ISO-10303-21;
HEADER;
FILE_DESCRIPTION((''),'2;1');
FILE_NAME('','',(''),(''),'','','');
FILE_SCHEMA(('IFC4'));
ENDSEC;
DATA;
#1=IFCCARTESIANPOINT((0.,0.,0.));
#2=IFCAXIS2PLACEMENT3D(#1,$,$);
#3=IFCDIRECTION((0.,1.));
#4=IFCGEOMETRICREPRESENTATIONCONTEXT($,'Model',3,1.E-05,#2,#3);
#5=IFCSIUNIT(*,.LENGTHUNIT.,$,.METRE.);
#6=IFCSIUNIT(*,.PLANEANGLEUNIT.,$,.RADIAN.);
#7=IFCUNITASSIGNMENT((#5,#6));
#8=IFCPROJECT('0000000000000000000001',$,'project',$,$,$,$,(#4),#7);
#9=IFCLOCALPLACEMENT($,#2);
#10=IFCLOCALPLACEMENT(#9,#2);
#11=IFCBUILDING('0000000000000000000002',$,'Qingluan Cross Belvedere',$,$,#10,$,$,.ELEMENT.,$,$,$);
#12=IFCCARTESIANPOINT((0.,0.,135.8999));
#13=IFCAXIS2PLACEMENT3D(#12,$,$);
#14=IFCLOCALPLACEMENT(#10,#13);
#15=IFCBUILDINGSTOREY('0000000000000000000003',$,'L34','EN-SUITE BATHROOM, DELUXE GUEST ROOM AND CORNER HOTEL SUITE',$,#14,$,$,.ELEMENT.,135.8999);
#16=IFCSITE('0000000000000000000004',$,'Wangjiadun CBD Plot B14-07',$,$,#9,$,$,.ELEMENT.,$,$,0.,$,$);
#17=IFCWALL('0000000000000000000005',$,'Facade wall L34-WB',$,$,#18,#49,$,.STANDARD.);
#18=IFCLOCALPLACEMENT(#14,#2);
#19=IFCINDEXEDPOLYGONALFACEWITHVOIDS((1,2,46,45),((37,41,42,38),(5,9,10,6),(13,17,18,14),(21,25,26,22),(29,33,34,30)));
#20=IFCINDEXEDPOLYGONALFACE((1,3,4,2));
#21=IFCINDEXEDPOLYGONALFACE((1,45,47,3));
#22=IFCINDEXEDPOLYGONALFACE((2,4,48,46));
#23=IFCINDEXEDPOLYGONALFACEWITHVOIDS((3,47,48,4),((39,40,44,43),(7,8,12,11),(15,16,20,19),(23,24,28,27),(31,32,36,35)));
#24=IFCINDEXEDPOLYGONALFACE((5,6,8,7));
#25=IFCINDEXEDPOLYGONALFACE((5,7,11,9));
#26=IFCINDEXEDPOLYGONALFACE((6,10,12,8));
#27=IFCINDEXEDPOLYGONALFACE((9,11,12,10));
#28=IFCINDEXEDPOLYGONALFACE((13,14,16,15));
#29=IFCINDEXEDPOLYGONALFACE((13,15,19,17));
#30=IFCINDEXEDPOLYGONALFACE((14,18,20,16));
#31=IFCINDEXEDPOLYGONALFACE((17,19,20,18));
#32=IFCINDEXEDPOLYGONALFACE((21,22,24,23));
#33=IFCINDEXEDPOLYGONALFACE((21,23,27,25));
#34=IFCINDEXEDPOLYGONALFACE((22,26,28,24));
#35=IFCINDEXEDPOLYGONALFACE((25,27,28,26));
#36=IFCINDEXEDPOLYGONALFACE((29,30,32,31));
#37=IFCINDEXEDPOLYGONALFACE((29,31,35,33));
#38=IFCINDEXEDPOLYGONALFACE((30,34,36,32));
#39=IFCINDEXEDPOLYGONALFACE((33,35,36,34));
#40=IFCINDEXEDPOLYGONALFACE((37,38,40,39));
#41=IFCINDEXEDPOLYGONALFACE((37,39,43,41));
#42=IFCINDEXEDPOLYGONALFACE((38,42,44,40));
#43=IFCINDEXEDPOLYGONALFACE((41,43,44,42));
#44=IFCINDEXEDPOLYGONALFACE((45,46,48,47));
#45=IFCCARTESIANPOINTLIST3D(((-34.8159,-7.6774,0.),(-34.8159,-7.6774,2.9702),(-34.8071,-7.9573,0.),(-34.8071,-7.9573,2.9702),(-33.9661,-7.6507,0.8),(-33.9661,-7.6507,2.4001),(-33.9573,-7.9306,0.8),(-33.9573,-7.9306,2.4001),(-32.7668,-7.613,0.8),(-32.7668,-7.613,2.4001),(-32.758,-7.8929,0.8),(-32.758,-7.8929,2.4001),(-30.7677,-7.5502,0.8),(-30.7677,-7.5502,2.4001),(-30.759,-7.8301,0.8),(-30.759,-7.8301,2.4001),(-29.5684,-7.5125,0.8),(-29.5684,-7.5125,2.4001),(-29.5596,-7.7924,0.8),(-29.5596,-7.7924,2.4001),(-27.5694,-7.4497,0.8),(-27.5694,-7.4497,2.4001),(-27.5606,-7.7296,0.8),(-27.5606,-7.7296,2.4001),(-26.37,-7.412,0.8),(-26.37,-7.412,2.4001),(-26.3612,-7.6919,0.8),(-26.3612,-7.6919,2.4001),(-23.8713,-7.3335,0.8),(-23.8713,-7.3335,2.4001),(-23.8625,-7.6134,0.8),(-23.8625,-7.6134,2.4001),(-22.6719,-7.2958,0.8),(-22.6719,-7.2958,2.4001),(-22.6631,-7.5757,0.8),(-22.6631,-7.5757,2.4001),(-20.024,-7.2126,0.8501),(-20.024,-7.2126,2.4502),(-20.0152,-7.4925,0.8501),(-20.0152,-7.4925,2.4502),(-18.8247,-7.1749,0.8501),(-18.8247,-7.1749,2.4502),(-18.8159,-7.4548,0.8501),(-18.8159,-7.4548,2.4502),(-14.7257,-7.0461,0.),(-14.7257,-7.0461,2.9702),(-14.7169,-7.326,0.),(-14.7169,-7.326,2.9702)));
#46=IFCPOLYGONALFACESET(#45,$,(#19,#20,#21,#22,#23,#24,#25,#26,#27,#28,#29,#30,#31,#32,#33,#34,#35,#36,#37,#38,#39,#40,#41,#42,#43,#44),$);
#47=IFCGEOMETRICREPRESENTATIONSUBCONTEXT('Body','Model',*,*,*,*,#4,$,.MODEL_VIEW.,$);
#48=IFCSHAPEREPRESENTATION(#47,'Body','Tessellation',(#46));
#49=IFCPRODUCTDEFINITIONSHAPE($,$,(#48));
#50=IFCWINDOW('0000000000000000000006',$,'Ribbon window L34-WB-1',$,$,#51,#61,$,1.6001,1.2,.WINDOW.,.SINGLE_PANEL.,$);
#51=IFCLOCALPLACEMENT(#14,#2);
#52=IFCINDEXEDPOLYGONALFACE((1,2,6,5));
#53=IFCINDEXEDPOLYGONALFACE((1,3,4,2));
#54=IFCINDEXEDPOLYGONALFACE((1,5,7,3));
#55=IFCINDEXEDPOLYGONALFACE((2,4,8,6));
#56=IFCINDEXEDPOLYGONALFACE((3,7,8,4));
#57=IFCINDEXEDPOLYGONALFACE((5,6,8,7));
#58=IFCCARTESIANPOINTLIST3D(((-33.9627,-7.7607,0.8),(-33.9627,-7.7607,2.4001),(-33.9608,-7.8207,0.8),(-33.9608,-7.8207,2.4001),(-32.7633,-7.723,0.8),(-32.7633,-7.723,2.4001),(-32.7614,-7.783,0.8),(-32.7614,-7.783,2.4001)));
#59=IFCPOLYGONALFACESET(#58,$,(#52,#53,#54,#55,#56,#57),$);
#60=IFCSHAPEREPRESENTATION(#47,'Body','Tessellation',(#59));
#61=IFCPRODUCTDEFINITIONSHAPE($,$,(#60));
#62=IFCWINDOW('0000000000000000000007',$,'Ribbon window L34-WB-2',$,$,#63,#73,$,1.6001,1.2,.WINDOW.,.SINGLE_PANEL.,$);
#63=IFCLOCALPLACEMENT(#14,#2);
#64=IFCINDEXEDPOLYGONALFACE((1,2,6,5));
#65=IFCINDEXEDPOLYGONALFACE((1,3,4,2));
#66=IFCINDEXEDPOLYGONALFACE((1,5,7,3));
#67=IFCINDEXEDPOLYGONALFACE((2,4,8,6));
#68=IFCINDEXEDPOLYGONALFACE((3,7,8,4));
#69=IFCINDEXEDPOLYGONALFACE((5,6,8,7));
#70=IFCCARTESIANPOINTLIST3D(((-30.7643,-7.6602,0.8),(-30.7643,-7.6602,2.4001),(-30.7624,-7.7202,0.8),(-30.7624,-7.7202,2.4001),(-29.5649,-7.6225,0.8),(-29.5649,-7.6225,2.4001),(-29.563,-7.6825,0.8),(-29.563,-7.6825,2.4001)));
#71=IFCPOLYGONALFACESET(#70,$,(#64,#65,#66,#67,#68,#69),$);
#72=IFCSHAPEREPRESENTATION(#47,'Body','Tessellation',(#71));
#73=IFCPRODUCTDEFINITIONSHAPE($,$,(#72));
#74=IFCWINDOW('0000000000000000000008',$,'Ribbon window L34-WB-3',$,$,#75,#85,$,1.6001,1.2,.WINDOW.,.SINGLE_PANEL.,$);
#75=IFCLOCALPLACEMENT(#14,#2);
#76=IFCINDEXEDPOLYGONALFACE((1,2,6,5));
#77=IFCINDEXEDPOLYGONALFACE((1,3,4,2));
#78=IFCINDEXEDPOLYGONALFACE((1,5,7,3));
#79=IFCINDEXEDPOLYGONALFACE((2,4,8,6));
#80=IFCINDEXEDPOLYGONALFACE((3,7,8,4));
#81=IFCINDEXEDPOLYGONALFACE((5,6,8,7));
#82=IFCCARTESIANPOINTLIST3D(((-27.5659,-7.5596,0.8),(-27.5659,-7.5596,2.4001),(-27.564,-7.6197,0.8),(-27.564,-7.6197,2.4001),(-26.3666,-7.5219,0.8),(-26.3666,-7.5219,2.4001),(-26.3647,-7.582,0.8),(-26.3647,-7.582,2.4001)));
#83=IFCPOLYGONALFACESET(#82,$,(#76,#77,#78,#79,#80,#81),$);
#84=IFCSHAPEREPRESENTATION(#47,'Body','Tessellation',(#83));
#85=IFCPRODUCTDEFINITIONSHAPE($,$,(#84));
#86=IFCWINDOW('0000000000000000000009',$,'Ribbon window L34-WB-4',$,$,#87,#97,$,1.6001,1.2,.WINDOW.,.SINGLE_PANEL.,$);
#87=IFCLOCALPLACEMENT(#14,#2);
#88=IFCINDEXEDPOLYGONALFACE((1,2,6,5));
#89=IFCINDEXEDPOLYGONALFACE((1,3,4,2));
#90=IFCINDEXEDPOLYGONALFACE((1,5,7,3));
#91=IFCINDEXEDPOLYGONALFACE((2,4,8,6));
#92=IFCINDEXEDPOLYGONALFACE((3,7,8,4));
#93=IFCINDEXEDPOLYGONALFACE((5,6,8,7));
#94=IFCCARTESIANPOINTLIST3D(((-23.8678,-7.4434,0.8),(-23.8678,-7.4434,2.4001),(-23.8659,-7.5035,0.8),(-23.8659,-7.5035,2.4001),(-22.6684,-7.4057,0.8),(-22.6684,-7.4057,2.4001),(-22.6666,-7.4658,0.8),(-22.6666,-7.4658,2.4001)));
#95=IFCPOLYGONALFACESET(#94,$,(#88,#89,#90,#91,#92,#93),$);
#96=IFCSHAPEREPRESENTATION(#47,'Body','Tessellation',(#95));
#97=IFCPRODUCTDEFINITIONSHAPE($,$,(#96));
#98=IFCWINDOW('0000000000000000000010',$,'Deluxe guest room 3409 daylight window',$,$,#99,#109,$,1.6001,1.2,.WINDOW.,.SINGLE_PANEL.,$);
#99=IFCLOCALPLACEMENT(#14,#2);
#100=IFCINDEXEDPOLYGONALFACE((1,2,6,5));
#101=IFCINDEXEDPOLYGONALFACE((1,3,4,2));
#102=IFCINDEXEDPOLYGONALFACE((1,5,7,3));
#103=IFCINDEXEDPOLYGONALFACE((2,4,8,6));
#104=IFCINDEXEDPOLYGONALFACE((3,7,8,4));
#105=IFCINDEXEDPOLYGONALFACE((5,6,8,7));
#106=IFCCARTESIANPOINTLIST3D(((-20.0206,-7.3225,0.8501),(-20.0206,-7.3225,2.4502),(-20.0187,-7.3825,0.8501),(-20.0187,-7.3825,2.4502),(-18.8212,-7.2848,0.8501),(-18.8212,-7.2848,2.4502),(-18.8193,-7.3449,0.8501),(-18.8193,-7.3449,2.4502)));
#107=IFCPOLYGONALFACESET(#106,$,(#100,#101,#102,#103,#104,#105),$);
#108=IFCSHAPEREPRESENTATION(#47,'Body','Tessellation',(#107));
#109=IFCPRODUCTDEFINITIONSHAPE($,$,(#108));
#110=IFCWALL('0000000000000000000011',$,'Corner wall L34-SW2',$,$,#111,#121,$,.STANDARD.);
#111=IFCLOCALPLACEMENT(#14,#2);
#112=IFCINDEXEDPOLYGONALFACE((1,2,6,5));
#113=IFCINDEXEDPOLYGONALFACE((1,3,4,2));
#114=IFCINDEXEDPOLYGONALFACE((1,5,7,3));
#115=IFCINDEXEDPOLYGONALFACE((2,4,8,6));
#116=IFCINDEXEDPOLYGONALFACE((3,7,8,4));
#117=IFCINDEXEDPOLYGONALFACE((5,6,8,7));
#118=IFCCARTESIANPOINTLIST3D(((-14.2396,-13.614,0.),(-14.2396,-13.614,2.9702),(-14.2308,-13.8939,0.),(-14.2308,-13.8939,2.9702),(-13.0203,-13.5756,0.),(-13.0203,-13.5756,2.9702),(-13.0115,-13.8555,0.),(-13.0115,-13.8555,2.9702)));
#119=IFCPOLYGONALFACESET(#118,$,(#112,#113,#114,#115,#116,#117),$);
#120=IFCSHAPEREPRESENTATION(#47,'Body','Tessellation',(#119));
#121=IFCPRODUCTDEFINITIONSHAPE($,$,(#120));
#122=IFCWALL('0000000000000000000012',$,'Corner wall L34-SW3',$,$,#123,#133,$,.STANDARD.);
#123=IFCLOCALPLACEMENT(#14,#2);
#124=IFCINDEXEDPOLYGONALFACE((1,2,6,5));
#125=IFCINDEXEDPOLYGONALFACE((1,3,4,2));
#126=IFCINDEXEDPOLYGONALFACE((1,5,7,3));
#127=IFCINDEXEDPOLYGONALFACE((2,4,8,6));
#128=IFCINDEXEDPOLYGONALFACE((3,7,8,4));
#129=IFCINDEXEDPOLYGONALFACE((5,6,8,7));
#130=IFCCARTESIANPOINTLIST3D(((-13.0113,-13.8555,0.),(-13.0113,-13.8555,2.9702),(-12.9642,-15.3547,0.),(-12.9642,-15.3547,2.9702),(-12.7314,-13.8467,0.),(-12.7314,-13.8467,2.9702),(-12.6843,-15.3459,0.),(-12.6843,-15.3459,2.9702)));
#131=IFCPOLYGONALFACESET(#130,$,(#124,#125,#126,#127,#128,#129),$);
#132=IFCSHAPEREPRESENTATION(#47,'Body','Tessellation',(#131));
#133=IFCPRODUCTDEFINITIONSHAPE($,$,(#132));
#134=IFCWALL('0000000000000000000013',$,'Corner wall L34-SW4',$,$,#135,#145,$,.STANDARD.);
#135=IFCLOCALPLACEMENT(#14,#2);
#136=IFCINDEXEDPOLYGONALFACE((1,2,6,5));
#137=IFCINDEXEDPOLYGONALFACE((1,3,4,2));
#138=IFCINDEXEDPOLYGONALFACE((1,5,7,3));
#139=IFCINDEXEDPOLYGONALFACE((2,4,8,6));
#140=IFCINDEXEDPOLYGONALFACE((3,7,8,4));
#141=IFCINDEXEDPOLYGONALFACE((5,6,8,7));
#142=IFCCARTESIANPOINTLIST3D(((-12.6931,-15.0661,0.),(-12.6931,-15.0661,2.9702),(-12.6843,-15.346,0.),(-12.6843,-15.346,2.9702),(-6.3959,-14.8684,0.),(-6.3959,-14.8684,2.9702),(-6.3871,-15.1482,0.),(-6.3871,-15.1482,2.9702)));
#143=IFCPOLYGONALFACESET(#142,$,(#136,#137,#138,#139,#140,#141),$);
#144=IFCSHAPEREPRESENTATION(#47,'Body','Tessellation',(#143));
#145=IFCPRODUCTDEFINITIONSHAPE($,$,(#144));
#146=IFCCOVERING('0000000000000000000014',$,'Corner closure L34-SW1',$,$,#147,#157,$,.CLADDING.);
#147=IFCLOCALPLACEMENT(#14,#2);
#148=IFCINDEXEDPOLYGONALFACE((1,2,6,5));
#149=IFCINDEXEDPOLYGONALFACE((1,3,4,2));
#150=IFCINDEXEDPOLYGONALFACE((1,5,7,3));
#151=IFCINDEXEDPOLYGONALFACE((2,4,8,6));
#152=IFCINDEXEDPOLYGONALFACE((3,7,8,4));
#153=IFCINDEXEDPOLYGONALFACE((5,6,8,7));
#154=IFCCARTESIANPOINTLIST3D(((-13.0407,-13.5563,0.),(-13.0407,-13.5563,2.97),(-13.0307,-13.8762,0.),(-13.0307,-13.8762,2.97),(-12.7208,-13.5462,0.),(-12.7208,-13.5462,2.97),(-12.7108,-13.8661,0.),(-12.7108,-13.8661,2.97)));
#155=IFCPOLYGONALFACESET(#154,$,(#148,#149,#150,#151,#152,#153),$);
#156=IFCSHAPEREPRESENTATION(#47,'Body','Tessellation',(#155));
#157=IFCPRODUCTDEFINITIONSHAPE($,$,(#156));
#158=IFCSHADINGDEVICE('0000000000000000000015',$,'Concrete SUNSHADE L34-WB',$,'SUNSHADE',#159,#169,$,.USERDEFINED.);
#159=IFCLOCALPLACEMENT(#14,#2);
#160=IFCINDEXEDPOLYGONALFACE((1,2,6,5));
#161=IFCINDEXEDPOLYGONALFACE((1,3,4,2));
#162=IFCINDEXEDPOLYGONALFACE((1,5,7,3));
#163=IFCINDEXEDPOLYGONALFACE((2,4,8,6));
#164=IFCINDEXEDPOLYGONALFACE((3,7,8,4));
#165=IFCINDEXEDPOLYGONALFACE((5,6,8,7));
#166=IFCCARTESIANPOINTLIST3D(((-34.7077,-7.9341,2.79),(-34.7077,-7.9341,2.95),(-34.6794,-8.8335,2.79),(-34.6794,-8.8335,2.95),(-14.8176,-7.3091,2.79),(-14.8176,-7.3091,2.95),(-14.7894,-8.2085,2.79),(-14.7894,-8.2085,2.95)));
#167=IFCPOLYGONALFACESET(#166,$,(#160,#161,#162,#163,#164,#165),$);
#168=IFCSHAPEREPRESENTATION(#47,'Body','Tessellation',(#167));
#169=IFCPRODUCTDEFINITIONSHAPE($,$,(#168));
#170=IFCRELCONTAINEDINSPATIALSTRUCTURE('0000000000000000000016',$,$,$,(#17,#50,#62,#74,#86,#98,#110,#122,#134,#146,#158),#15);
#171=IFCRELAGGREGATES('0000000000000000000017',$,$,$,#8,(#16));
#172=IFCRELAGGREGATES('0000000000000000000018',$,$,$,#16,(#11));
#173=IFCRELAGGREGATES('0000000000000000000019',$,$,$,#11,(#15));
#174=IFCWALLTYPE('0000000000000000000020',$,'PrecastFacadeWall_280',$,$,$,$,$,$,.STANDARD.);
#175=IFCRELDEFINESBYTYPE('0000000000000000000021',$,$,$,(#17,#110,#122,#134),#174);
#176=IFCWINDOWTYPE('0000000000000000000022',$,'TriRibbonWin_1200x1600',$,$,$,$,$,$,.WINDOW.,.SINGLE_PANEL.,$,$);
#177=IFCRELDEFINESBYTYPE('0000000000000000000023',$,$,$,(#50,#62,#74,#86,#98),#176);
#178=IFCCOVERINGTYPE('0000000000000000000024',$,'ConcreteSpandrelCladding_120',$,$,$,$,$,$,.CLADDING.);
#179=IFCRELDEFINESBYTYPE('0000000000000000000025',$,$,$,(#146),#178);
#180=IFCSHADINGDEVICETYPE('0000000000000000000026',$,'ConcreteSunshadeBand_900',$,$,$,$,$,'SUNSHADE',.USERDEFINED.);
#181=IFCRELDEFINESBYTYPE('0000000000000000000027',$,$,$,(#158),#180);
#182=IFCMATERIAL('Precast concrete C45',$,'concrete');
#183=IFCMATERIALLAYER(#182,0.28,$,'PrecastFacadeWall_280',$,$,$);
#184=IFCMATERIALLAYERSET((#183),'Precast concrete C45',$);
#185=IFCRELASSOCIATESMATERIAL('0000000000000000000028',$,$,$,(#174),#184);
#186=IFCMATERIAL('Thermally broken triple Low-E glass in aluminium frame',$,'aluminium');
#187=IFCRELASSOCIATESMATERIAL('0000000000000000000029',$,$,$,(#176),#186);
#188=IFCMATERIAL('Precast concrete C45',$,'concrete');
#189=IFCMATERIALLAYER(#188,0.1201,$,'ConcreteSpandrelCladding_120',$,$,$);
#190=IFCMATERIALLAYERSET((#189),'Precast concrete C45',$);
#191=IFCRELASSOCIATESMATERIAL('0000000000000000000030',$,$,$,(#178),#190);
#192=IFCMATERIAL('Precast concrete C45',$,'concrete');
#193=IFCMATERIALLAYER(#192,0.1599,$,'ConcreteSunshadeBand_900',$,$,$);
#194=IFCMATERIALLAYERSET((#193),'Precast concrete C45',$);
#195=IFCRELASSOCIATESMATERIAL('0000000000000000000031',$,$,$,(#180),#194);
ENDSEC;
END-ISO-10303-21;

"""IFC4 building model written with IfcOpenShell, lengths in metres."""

from ifc_helpers import new_model, si_unit, direction, frame, frame_2d, origin, origin_2d, place, context, subcontext, project, spatial, rectangle, extrude, material, layer, layer_set, type_object, element, fill, save


model = new_model("IFC4")

# Units and contexts
model_context = context("Model", 3, precision=1e-05, world=origin(), true_north=direction((0.0, 1.0)))
body_context = subcontext(model_context, "Body", "Model", "MODEL_VIEW")
ifc_project = project(units=[si_unit("LENGTHUNIT", "METRE"), si_unit("PLANEANGLEUNIT", "RADIAN")], contexts=[model_context])

# Site, building, storey
site_placement = place(None, origin())
site = spatial("IfcSite", under=ifc_project, at=site_placement, Name="Wangjiadun CBD Plot B14-07", CompositionType="ELEMENT", RefElevation=0.0)
building_placement = place(site_placement, origin())
building = spatial("IfcBuilding", under=site, at=building_placement, Name="Qingluan Cross Belvedere", CompositionType="ELEMENT")
storey_placement = place(building_placement, frame((0.0, 0.0, 135.8999)))
storey = spatial("IfcBuildingStorey", under=building, at=storey_placement, Name="L34", Description="EN-SUITE BATHROOM, DELUXE GUEST ROOM AND CORNER HOTEL SUITE", CompositionType="ELEMENT", Elevation=135.8999)

# Wall, openings, windows
ifc_material_1 = material(Name="Precast concrete C45", Category="concrete")
ifc_layer_1 = layer(ifc_material_1, 0.28, Name="PrecastFacadeWall_280")
ifc_layer_set_1 = layer_set([ifc_layer_1], Name="Precast concrete C45")
wall_type_1 = type_object("IfcWallType", Name="PrecastFacadeWall_280", PredefinedType="STANDARD", material=ifc_layer_set_1)
wall_1_placement = place(storey_placement, frame((-34.8115, -7.8174, 0.0), z_axis=(0.0, 0.0, 1.0), x_axis=(0.999507, 0.03141, 0.0)))
wall_1 = element("IfcWall", 1, at=wall_1_placement, inside=storey, type_object=wall_type_1, Name="Facade wall L34-WB", PredefinedType="STANDARD", context=body_context, shape_type="SweptSolid", body=[
    extrude(rectangle(XDim=20.1001, YDim=0.28, at=frame_2d((10.05, 0.0))), origin(), (0.0, 0.0, 1.0), 2.9702),
])
opening_1_placement = place(wall_1_placement, frame((0.8501, 0.0, 0.8)))
opening_1 = element("IfcOpeningElement", 2, at=opening_1_placement, cuts=wall_1, PredefinedType="OPENING", context=body_context, shape_type="SweptSolid", body=[
    extrude(rectangle(XDim=1.2, YDim=1.6001, at=frame_2d((0.6001, 0.8))), frame((0.0, 0.1499, 0.0), z_axis=(0.0, -1.0, 0.0), x_axis=(1.0, 0.0, 0.0)), (0.0, 0.0, 1.0), 0.3),
])
opening_2_placement = place(wall_1_placement, frame((4.05, 0.0, 0.8)))
opening_2 = element("IfcOpeningElement", 3, at=opening_2_placement, cuts=wall_1, PredefinedType="OPENING", context=body_context, shape_type="SweptSolid", body=[
    extrude(rectangle(XDim=1.2, YDim=1.6001, at=frame_2d((0.6001, 0.8))), frame((0.0, 0.1499, 0.0), z_axis=(0.0, -1.0, 0.0), x_axis=(1.0, 0.0, 0.0)), (0.0, 0.0, 1.0), 0.3),
])
opening_3_placement = place(wall_1_placement, frame((7.25, 0.0, 0.8)))
opening_3 = element("IfcOpeningElement", 4, at=opening_3_placement, cuts=wall_1, PredefinedType="OPENING", context=body_context, shape_type="SweptSolid", body=[
    extrude(rectangle(XDim=1.2, YDim=1.6001, at=frame_2d((0.6001, 0.8))), frame((0.0, 0.1499, 0.0), z_axis=(0.0, -1.0, 0.0), x_axis=(1.0, 0.0, 0.0)), (0.0, 0.0, 1.0), 0.3),
])
opening_4_placement = place(wall_1_placement, frame((10.95, 0.0, 0.8)))
opening_4 = element("IfcOpeningElement", 5, at=opening_4_placement, cuts=wall_1, PredefinedType="OPENING", context=body_context, shape_type="SweptSolid", body=[
    extrude(rectangle(XDim=1.2, YDim=1.6001, at=frame_2d((0.6001, 0.8))), frame((0.0, 0.1499, 0.0), z_axis=(0.0, -1.0, 0.0), x_axis=(1.0, 0.0, 0.0)), (0.0, 0.0, 1.0), 0.3),
])
opening_5_placement = place(wall_1_placement, frame((14.7991, 0.0, 0.8501)))
opening_5 = element("IfcOpeningElement", 6, at=opening_5_placement, cuts=wall_1, PredefinedType="OPENING", context=body_context, shape_type="SweptSolid", body=[
    extrude(rectangle(XDim=1.2, YDim=1.6001, at=frame_2d((0.6001, 0.8))), frame((0.0, 0.1499, 0.0), z_axis=(0.0, -1.0, 0.0), x_axis=(1.0, 0.0, 0.0)), (0.0, 0.0, 1.0), 0.3),
])
ifc_material_2 = material(Name="Thermally broken triple Low-E glass in aluminium frame", Category="aluminium")
window_type = type_object("IfcWindowType", Name="TriRibbonWin_1200x1600", PartitioningType="SINGLE_PANEL", PredefinedType="WINDOW", material=ifc_material_2)
window_1_placement = place(opening_1_placement, origin())
window_1 = element("IfcWindow", 7, at=window_1_placement, inside=storey, type_object=window_type, Name="Ribbon window L34-WB-1", OverallHeight=1.6001, OverallWidth=1.2, PartitioningType="SINGLE_PANEL", PredefinedType="WINDOW", context=body_context, shape_type="SweptSolid", body=[
    extrude(rectangle(XDim=1.2, YDim=1.6001, at=frame_2d((0.6001, 0.8))), frame((0.0, 0.03, 0.0), z_axis=(0.0, -1.0, 0.0), x_axis=(1.0, 0.0, 0.0)), (0.0, 0.0, 1.0), 0.0601),
])
fill(opening_1, window_1)
window_2_placement = place(opening_2_placement, origin())
window_2 = element("IfcWindow", 8, at=window_2_placement, inside=storey, type_object=window_type, Name="Ribbon window L34-WB-2", OverallHeight=1.6001, OverallWidth=1.2, PartitioningType="SINGLE_PANEL", PredefinedType="WINDOW", context=body_context, shape_type="SweptSolid", body=[
    extrude(rectangle(XDim=1.2, YDim=1.6001, at=frame_2d((0.6001, 0.8))), frame((0.0, 0.03, 0.0), z_axis=(0.0, -1.0, 0.0), x_axis=(1.0, 0.0, 0.0)), (0.0, 0.0, 1.0), 0.0601),
])
fill(opening_2, window_2)
window_3_placement = place(opening_3_placement, origin())
window_3 = element("IfcWindow", 9, at=window_3_placement, inside=storey, type_object=window_type, Name="Ribbon window L34-WB-3", OverallHeight=1.6001, OverallWidth=1.2, PartitioningType="SINGLE_PANEL", PredefinedType="WINDOW", context=body_context, shape_type="SweptSolid", body=[
    extrude(rectangle(XDim=1.2, YDim=1.6001, at=frame_2d((0.6001, 0.8))), frame((0.0, 0.03, 0.0), z_axis=(0.0, -1.0, 0.0), x_axis=(1.0, 0.0, 0.0)), (0.0, 0.0, 1.0), 0.0601),
])
fill(opening_3, window_3)
window_4_placement = place(opening_4_placement, origin())
window_4 = element("IfcWindow", 10, at=window_4_placement, inside=storey, type_object=window_type, Name="Ribbon window L34-WB-4", OverallHeight=1.6001, OverallWidth=1.2, PartitioningType="SINGLE_PANEL", PredefinedType="WINDOW", context=body_context, shape_type="SweptSolid", body=[
    extrude(rectangle(XDim=1.2, YDim=1.6001, at=frame_2d((0.6001, 0.8))), frame((0.0, 0.03, 0.0), z_axis=(0.0, -1.0, 0.0), x_axis=(1.0, 0.0, 0.0)), (0.0, 0.0, 1.0), 0.0601),
])
fill(opening_4, window_4)
window_5_placement = place(opening_5_placement, origin())
window_5 = element("IfcWindow", 11, at=window_5_placement, inside=storey, type_object=window_type, Name="Deluxe guest room 3409 daylight window", OverallHeight=1.6001, OverallWidth=1.2, PartitioningType="SINGLE_PANEL", PredefinedType="WINDOW", context=body_context, shape_type="SweptSolid", body=[
    extrude(rectangle(XDim=1.2, YDim=1.6001, at=frame_2d((0.6001, 0.8))), frame((0.0, 0.03, 0.0), z_axis=(0.0, -1.0, 0.0), x_axis=(1.0, 0.0, 0.0)), (0.0, 0.0, 1.0), 0.0601),
])
fill(opening_5, window_5)

# Walls
wall_2_placement = place(storey_placement, frame((-14.2351, -13.7539, 0.0), z_axis=(0.0, 0.0, 1.0), x_axis=(0.999506, 0.031416, 0.0)))
element("IfcWall", 12, at=wall_2_placement, inside=storey, type_object=wall_type_1, Name="Corner wall L34-SW2", PredefinedType="STANDARD", context=body_context, shape_type="SweptSolid", body=[
    extrude(rectangle(XDim=1.22, YDim=0.28, at=frame_2d((0.6099, 0.0))), origin(), (0.0, 0.0, 1.0), 2.9702),
])
wall_3_placement = place(storey_placement, frame((-12.8713, -13.8511, 0.0), z_axis=(0.0, 0.0, 1.0), x_axis=(0.031413, -0.999507, 0.0)))
element("IfcWall", 13, at=wall_3_placement, inside=storey, type_object=wall_type_1, Name="Corner wall L34-SW3", PredefinedType="STANDARD", context=body_context, shape_type="SweptSolid", body=[
    extrude(rectangle(XDim=1.5, YDim=0.28, at=frame_2d((0.75, 0.0))), origin(), (0.0, 0.0, 1.0), 2.9702),
])
wall_4_placement = place(storey_placement, frame((-12.6887, -15.2061, 0.0), z_axis=(0.0, 0.0, 1.0), x_axis=(0.999507, 0.031388, 0.0)))
element("IfcWall", 14, at=wall_4_placement, inside=storey, type_object=wall_type_1, Name="Corner wall L34-SW4", PredefinedType="STANDARD", context=body_context, shape_type="SweptSolid", body=[
    extrude(rectangle(XDim=6.3003, YDim=0.28, at=frame_2d((3.1501, 0.0))), origin(), (0.0, 0.0, 1.0), 2.9702),
])

# Covering
ifc_material_3 = material(Name="Precast concrete C45", Category="concrete")
ifc_layer_2 = layer(ifc_material_3, 0.1201, Name="ConcreteSpandrelCladding_120")
ifc_layer_set_2 = layer_set([ifc_layer_2], Name="Precast concrete C45")
covering_type = type_object("IfcCoveringType", Name="ConcreteSpandrelCladding_120", PredefinedType="CLADDING", material=ifc_layer_set_2)
covering_placement = place(storey_placement, frame((-12.8757, -13.7112, 0.0), z_axis=(0.0, 0.0, 1.0), x_axis=(0.999507, 0.031411, 0.0)))
element("IfcCovering", 15, at=covering_placement, inside=storey, type_object=covering_type, Name="Corner closure L34-SW1", PredefinedType="CLADDING", context=body_context, shape_type="SweptSolid", body=[
    extrude(rectangle(XDim=0.3201, YDim=0.3201, at=origin_2d()), origin(), (0.0, 0.0, 1.0), 2.97),
])

# Shading device
ifc_material_4 = material(Name="Precast concrete C45", Category="concrete")
ifc_layer_3 = layer(ifc_material_4, 0.1599, Name="ConcreteSunshadeBand_900")
ifc_layer_set_3 = layer_set([ifc_layer_3], Name="Precast concrete C45")
shading_device_type = type_object("IfcShadingDeviceType", Name="ConcreteSunshadeBand_900", ElementType="SUNSHADE", PredefinedType="USERDEFINED", material=ifc_layer_set_3)
shading_device_placement = place(storey_placement, frame((-24.7485, -8.0713, 2.79), z_axis=(0.0, 0.0, 1.0), x_axis=(0.999507, 0.031408, 0.0)))
element("IfcShadingDevice", 16, at=shading_device_placement, inside=storey, type_object=shading_device_type, Name="Concrete SUNSHADE L34-WB", ObjectType="SUNSHADE", PredefinedType="USERDEFINED", context=body_context, shape_type="SweptSolid", body=[
    extrude(rectangle(XDim=19.8999, YDim=0.8999, at=origin_2d()), origin(), (0.0, 0.0, 1.0), 0.1599),
])

save(model, "model.ifc")
